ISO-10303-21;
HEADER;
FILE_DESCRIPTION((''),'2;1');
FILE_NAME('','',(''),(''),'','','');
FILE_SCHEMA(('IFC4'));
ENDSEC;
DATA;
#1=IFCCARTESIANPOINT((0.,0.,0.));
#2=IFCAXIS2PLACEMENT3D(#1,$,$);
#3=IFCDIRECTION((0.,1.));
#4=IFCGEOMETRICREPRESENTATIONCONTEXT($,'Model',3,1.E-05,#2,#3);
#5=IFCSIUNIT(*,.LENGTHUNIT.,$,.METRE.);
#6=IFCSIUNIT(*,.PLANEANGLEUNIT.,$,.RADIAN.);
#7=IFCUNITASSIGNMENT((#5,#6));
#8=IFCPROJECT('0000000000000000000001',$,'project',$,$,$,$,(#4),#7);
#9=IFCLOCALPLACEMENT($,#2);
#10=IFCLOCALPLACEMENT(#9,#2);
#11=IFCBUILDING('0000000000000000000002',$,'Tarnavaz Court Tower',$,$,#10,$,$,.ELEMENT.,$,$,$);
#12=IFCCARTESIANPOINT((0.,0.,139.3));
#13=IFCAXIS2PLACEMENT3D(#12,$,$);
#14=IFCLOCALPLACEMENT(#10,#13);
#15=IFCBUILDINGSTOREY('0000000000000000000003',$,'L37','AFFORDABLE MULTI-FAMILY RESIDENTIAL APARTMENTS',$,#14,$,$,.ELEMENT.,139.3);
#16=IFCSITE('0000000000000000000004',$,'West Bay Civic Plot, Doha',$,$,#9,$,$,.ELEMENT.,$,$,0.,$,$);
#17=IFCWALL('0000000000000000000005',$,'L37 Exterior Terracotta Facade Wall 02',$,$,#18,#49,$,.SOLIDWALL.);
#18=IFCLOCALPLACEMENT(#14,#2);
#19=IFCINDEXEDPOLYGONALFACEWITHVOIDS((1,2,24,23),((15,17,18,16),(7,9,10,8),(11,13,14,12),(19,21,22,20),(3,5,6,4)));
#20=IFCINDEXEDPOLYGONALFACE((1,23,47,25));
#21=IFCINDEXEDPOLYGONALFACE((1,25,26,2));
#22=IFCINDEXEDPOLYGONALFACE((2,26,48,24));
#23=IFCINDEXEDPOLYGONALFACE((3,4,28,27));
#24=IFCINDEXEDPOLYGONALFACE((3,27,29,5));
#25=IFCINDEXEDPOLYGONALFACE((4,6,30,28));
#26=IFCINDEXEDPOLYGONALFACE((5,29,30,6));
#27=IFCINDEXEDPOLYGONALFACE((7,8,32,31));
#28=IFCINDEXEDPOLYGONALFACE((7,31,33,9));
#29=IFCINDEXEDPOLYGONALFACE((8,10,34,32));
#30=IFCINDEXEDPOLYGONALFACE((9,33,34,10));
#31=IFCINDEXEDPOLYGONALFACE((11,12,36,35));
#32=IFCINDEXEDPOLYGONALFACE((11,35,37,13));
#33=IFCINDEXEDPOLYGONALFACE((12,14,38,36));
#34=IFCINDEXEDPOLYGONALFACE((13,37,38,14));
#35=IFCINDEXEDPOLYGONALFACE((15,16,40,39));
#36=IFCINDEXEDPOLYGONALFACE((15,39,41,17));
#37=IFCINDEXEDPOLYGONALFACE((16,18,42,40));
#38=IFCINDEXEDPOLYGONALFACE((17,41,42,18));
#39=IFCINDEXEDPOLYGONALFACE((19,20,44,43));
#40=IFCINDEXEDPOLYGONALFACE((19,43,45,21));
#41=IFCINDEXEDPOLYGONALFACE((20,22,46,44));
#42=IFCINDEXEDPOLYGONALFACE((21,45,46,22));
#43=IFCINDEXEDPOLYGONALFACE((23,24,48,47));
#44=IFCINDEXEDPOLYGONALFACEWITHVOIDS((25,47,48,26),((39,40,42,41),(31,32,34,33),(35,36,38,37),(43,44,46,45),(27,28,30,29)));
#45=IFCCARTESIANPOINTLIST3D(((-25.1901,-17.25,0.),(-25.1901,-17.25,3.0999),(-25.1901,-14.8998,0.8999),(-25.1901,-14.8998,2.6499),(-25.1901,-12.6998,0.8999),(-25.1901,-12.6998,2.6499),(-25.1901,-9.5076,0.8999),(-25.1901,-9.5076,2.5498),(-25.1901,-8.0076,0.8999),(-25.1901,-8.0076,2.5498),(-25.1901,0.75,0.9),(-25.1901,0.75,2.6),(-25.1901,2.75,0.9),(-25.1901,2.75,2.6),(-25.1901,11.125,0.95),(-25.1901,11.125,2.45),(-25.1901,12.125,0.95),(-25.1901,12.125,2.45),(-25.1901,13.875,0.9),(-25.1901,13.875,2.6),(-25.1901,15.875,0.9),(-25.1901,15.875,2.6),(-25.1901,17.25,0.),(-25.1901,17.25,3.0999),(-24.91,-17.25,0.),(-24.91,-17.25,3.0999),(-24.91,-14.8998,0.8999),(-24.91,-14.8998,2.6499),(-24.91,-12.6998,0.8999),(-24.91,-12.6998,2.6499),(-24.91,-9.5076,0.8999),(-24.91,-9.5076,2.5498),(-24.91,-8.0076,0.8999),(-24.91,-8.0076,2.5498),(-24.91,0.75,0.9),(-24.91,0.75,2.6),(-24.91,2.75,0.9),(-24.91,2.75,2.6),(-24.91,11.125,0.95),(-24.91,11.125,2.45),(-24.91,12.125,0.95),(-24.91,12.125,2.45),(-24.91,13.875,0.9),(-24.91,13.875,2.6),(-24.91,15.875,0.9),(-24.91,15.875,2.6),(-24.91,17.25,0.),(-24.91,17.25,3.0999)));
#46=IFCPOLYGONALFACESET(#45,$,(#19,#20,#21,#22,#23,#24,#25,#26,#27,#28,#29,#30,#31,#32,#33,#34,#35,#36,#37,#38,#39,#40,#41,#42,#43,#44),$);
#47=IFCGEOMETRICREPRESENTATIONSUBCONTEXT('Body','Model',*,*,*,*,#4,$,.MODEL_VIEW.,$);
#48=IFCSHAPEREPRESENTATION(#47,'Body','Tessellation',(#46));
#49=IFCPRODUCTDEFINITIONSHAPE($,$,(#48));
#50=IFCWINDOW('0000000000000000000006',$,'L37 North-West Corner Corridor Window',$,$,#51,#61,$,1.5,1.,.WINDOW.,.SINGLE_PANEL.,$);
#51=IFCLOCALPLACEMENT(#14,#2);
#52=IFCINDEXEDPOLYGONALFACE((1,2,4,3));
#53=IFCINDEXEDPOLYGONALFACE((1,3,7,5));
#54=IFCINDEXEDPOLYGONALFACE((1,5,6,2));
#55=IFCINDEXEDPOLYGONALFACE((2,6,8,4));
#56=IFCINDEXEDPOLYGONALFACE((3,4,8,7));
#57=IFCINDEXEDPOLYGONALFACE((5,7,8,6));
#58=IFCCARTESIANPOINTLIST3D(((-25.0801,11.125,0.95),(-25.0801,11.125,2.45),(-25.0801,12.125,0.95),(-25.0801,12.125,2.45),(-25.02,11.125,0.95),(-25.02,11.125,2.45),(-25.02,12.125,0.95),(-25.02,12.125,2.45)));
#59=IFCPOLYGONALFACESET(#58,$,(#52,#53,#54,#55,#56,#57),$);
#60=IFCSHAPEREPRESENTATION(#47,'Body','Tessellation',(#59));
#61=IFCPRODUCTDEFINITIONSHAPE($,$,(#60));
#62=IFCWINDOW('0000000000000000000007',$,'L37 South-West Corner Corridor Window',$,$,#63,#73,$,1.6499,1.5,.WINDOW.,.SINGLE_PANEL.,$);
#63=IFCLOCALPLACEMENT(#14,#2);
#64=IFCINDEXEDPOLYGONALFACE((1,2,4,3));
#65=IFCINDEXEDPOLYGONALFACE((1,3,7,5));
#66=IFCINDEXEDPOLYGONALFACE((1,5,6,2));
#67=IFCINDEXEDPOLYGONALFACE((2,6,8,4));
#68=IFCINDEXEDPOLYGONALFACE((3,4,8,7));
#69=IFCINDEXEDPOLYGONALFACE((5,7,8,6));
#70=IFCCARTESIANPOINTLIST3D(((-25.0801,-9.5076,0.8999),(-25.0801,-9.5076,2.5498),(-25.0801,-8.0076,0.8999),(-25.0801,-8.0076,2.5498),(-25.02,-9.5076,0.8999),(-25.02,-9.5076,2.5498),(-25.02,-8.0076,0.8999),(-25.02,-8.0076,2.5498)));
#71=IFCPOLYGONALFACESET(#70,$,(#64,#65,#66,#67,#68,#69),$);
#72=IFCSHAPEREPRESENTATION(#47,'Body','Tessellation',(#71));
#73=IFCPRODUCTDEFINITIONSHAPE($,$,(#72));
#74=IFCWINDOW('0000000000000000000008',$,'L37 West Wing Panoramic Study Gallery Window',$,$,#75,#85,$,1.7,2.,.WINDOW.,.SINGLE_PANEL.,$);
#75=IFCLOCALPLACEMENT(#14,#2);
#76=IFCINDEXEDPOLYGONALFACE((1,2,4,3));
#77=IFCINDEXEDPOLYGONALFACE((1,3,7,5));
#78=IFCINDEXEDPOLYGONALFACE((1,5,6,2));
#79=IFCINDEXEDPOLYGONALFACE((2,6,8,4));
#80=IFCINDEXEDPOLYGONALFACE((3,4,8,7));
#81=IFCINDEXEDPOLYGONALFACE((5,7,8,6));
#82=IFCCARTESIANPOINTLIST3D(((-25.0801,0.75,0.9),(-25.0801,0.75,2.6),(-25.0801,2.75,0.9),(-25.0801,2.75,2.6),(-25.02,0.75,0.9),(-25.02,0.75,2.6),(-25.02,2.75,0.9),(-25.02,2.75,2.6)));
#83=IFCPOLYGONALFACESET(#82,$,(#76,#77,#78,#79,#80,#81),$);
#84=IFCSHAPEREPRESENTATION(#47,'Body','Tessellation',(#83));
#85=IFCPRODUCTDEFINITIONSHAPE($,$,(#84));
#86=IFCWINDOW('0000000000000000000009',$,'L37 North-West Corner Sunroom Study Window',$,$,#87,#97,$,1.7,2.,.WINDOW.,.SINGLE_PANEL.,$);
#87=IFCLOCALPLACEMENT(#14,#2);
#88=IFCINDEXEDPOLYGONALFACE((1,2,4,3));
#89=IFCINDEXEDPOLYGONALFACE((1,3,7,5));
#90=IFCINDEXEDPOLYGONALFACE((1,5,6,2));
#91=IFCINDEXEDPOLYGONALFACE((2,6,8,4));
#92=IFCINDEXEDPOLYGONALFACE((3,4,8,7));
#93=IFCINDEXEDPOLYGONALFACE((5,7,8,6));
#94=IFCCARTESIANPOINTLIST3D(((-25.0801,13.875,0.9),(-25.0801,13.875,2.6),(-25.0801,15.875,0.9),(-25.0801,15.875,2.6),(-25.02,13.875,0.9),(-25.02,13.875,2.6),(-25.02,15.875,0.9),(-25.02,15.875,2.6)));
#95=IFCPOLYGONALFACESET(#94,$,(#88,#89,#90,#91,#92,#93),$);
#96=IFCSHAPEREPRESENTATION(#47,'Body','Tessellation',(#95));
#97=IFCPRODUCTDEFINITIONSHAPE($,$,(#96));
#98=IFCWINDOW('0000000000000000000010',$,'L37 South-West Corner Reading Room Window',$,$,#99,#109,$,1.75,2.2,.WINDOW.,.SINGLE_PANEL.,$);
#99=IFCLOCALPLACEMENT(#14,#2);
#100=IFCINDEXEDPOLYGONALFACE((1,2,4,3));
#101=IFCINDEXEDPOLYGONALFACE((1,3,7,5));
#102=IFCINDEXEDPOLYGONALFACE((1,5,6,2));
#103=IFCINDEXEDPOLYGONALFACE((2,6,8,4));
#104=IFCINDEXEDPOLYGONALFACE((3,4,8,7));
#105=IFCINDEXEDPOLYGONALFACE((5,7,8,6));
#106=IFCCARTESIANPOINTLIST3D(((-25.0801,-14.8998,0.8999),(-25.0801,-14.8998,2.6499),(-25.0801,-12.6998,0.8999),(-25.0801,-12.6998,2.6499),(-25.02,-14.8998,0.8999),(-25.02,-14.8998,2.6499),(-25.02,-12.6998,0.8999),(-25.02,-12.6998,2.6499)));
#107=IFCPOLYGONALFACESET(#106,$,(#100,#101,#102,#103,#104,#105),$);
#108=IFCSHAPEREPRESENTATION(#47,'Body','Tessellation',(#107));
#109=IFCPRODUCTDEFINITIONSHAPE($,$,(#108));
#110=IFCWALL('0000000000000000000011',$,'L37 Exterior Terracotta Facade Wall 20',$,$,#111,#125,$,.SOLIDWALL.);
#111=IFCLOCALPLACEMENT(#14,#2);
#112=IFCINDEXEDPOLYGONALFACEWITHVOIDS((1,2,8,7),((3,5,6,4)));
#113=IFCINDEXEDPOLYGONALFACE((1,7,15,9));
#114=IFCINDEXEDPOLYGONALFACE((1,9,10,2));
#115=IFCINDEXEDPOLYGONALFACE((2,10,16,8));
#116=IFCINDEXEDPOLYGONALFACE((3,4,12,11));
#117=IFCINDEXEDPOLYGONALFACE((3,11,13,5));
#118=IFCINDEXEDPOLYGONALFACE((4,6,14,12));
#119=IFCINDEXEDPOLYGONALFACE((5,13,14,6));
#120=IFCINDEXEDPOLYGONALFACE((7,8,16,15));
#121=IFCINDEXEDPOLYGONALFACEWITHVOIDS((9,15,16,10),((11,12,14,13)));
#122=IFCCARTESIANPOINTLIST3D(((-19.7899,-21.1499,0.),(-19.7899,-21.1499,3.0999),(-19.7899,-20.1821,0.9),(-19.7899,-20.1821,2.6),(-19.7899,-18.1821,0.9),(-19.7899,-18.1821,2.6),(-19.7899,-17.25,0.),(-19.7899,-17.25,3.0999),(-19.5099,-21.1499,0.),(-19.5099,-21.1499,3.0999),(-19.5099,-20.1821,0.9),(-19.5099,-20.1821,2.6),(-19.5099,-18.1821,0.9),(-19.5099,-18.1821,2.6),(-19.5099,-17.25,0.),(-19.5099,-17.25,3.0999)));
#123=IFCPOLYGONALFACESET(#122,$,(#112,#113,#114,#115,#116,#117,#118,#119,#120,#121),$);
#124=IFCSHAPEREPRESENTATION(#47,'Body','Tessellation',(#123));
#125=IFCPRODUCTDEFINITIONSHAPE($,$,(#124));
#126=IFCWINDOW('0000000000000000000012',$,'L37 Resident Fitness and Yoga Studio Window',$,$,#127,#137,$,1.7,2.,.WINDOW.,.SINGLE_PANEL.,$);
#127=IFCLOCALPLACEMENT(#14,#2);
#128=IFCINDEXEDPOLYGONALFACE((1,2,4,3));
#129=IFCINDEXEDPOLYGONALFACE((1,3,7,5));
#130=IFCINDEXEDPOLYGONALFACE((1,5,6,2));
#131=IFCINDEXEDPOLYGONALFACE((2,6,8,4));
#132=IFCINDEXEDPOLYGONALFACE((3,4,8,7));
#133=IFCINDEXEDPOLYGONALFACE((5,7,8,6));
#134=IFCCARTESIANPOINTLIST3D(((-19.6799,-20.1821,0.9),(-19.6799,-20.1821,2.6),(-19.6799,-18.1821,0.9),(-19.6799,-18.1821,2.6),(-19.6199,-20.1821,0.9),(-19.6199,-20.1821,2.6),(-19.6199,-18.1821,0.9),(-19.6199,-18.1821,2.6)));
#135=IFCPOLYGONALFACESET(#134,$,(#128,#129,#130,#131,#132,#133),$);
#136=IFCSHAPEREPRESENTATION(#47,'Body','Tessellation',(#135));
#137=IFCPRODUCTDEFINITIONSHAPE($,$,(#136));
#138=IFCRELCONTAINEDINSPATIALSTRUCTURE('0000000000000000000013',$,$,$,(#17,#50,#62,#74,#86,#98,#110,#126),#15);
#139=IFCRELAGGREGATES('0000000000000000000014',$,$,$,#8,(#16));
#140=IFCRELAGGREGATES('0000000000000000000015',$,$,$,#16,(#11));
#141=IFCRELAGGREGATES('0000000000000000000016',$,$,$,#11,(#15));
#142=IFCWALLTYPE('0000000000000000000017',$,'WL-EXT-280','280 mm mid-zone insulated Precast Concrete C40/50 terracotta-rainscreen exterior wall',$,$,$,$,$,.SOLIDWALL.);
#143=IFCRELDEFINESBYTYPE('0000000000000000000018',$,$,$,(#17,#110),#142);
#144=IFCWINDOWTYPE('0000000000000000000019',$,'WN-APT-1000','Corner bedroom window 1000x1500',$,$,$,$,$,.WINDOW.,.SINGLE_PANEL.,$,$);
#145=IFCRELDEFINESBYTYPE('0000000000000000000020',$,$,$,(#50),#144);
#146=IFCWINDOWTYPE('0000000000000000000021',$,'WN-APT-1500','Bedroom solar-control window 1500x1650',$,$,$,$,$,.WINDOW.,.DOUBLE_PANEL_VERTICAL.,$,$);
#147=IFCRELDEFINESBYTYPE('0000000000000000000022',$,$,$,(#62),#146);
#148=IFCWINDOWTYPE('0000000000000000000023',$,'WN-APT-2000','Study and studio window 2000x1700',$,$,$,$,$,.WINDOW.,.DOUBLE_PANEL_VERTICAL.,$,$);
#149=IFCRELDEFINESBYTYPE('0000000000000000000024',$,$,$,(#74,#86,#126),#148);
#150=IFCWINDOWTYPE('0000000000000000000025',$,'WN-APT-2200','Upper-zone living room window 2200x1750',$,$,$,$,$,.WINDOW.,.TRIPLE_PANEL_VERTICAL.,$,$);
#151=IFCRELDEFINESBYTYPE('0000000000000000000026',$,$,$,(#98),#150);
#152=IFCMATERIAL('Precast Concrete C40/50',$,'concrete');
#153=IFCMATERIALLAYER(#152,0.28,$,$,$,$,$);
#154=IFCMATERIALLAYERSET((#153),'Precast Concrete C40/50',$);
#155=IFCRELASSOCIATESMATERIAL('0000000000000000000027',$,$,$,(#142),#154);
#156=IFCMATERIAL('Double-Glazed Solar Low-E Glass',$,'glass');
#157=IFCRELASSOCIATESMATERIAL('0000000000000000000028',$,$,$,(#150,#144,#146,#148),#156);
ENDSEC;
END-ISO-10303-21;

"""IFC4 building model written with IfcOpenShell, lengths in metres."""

from ifc_helpers import new_model, si_unit, direction, frame, frame_2d, origin, place, context, subcontext, project, spatial, rectangle, extrude, material, layer, layer_set, type_object, element, fill, save


model = new_model("IFC4")

# Units and contexts
model_context = context("Model", 3, precision=1e-05, world=origin(), true_north=direction((0.0, 1.0)))
body_context = subcontext(model_context, "Body", "Model", "MODEL_VIEW")
ifc_project = project(units=[si_unit("LENGTHUNIT", "METRE"), si_unit("PLANEANGLEUNIT", "RADIAN")], contexts=[model_context])

# Site, building, storey
site_placement = place(None, origin())
site = spatial("IfcSite", under=ifc_project, at=site_placement, Name="West Bay Civic Plot, Doha", CompositionType="ELEMENT", RefElevation=0.0)
building_placement = place(site_placement, origin())
building = spatial("IfcBuilding", under=site, at=building_placement, Name="Tarnavaz Court Tower", CompositionType="ELEMENT")
storey_placement = place(building_placement, frame((0.0, 0.0, 139.3)))
storey = spatial("IfcBuildingStorey", under=building, at=storey_placement, Name="L37", Description="AFFORDABLE MULTI-FAMILY RESIDENTIAL APARTMENTS", CompositionType="ELEMENT", Elevation=139.3)

# Shared definitions
ifc_material_1 = material(Name="Precast Concrete C40/50", Category="concrete")
ifc_layer_1 = layer(ifc_material_1, 0.28)
ifc_layer_set_1 = layer_set([ifc_layer_1], Name="Precast Concrete C40/50")
wall_type_1 = type_object("IfcWallType", Name="WL-EXT-280", Description="280 mm mid-zone insulated Precast Concrete C40/50 terracotta-rainscreen exterior wall", PredefinedType="SOLIDWALL", material=ifc_layer_set_1)
ifc_material_2 = material(Name="Double-Glazed Solar Low-E Glass", Category="glass")
window_type_1 = type_object("IfcWindowType", Name="WN-APT-2200", Description="Upper-zone living room window 2200x1750", PartitioningType="TRIPLE_PANEL_VERTICAL", PredefinedType="WINDOW", material=ifc_material_2)

# Wall, openings, windows
wall_1_placement = place(storey_placement, frame((-25.05, -17.25, 0.0), z_axis=(0.0, 0.0, 1.0), x_axis=(0.0, 1.0, 0.0)))
wall_1 = element("IfcWall", 1, at=wall_1_placement, inside=storey, type_object=wall_type_1, Name="L37 Exterior Terracotta Facade Wall 02", PredefinedType="SOLIDWALL", context=body_context, shape_type="SweptSolid", body=[
    extrude(rectangle(XDim=34.5, YDim=0.28, at=frame_2d((17.25, 0.0))), origin(), (0.0, 0.0, 1.0), 3.0999),
])
opening_1_placement = place(wall_1_placement, frame((2.3501, 0.0, 0.8999)))
opening_1 = element("IfcOpeningElement", 2, at=opening_1_placement, cuts=wall_1, PredefinedType="OPENING", context=body_context, shape_type="SweptSolid", body=[
    extrude(rectangle(XDim=2.2, YDim=1.75, at=frame_2d((1.1001, 0.875))), frame((0.0, 0.1499, 0.0), z_axis=(0.0, -1.0, 0.0), x_axis=(1.0, 0.0, 0.0)), (0.0, 0.0, 1.0), 0.3),
])
opening_2_placement = place(wall_1_placement, frame((7.7424, 0.0, 0.8999)))
opening_2 = element("IfcOpeningElement", 3, at=opening_2_placement, cuts=wall_1, PredefinedType="OPENING", context=body_context, shape_type="SweptSolid", body=[
    extrude(rectangle(XDim=1.5, YDim=1.6499, at=frame_2d((0.75, 0.825))), frame((0.0, 0.1499, 0.0), z_axis=(0.0, -1.0, 0.0), x_axis=(1.0, 0.0, 0.0)), (0.0, 0.0, 1.0), 0.3),
])
opening_3_placement = place(wall_1_placement, frame((18.0, 0.0, 0.8999)))
opening_3 = element("IfcOpeningElement", 4, at=opening_3_placement, cuts=wall_1, PredefinedType="OPENING", context=body_context, shape_type="SweptSolid", body=[
    extrude(rectangle(XDim=2.0, YDim=1.7, at=frame_2d((1.0, 0.8501))), frame((0.0, 0.1499, 0.0), z_axis=(0.0, -1.0, 0.0), x_axis=(1.0, 0.0, 0.0)), (0.0, 0.0, 1.0), 0.3),
])
opening_4_placement = place(wall_1_placement, frame((28.375, 0.0, 0.95)))
opening_4 = element("IfcOpeningElement", 5, at=opening_4_placement, cuts=wall_1, PredefinedType="OPENING", context=body_context, shape_type="SweptSolid", body=[
    extrude(rectangle(XDim=1.0, YDim=1.5, at=frame_2d((0.5, 0.75))), frame((0.0, 0.1499, 0.0), z_axis=(0.0, -1.0, 0.0), x_axis=(1.0, 0.0, 0.0)), (0.0, 0.0, 1.0), 0.3),
])
opening_5_placement = place(wall_1_placement, frame((31.125, 0.0, 0.8999)))
opening_5 = element("IfcOpeningElement", 6, at=opening_5_placement, cuts=wall_1, PredefinedType="OPENING", context=body_context, shape_type="SweptSolid", body=[
    extrude(rectangle(XDim=2.0, YDim=1.7, at=frame_2d((1.0, 0.8501))), frame((0.0, 0.1499, 0.0), z_axis=(0.0, -1.0, 0.0), x_axis=(1.0, 0.0, 0.0)), (0.0, 0.0, 1.0), 0.3),
])
window_type_2 = type_object("IfcWindowType", Name="WN-APT-1000", Description="Corner bedroom window 1000x1500", PartitioningType="SINGLE_PANEL", PredefinedType="WINDOW", material=ifc_material_2)
window_1_placement = place(opening_4_placement, origin())
window_1 = element("IfcWindow", 7, at=window_1_placement, inside=storey, type_object=window_type_2, Name="L37 North-West Corner Corridor Window", OverallHeight=1.5, OverallWidth=1.0, PartitioningType="SINGLE_PANEL", PredefinedType="WINDOW", context=body_context, shape_type="SweptSolid", body=[
    extrude(rectangle(XDim=1.0, YDim=1.5, at=frame_2d((0.5, 0.75))), frame((0.0, 0.03, 0.0), z_axis=(0.0, -1.0, 0.0), x_axis=(1.0, 0.0, 0.0)), (0.0, 0.0, 1.0), 0.0601),
])
fill(opening_4, window_1)
window_type_3 = type_object("IfcWindowType", Name="WN-APT-1500", Description="Bedroom solar-control window 1500x1650", PartitioningType="DOUBLE_PANEL_VERTICAL", PredefinedType="WINDOW", material=ifc_material_2)
window_2_placement = place(opening_2_placement, origin())
window_2 = element("IfcWindow", 8, at=window_2_placement, inside=storey, type_object=window_type_3, Name="L37 South-West Corner Corridor Window", OverallHeight=1.6499, OverallWidth=1.5, PartitioningType="SINGLE_PANEL", PredefinedType="WINDOW", context=body_context, shape_type="SweptSolid", body=[
    extrude(rectangle(XDim=1.5, YDim=1.6499, at=frame_2d((0.75, 0.825))), frame((0.0, 0.03, 0.0), z_axis=(0.0, -1.0, 0.0), x_axis=(1.0, 0.0, 0.0)), (0.0, 0.0, 1.0), 0.0601),
])
fill(opening_2, window_2)
window_type_4 = type_object("IfcWindowType", Name="WN-APT-2000", Description="Study and studio window 2000x1700", PartitioningType="DOUBLE_PANEL_VERTICAL", PredefinedType="WINDOW", material=ifc_material_2)
window_3_placement = place(opening_3_placement, origin())
window_3 = element("IfcWindow", 9, at=window_3_placement, inside=storey, type_object=window_type_4, Name="L37 West Wing Panoramic Study Gallery Window", OverallHeight=1.7, OverallWidth=2.0, PartitioningType="SINGLE_PANEL", PredefinedType="WINDOW", context=body_context, shape_type="SweptSolid", body=[
    extrude(rectangle(XDim=2.0, YDim=1.7, at=frame_2d((1.0, 0.8501))), frame((0.0, 0.03, 0.0), z_axis=(0.0, -1.0, 0.0), x_axis=(1.0, 0.0, 0.0)), (0.0, 0.0, 1.0), 0.0601),
])
fill(opening_3, window_3)
window_4_placement = place(opening_5_placement, origin())
window_4 = element("IfcWindow", 10, at=window_4_placement, inside=storey, type_object=window_type_4, Name="L37 North-West Corner Sunroom Study Window", OverallHeight=1.7, OverallWidth=2.0, PartitioningType="SINGLE_PANEL", PredefinedType="WINDOW", context=body_context, shape_type="SweptSolid", body=[
    extrude(rectangle(XDim=2.0, YDim=1.7, at=frame_2d((1.0, 0.8501))), frame((0.0, 0.03, 0.0), z_axis=(0.0, -1.0, 0.0), x_axis=(1.0, 0.0, 0.0)), (0.0, 0.0, 1.0), 0.0601),
])
fill(opening_5, window_4)
window_5_placement = place(opening_1_placement, origin())
window_5 = element("IfcWindow", 11, at=window_5_placement, inside=storey, type_object=window_type_1, Name="L37 South-West Corner Reading Room Window", OverallHeight=1.75, OverallWidth=2.2, PartitioningType="SINGLE_PANEL", PredefinedType="WINDOW", context=body_context, shape_type="SweptSolid", body=[
    extrude(rectangle(XDim=2.2, YDim=1.75, at=frame_2d((1.1001, 0.875))), frame((0.0, 0.03, 0.0), z_axis=(0.0, -1.0, 0.0), x_axis=(1.0, 0.0, 0.0)), (0.0, 0.0, 1.0), 0.0601),
])
fill(opening_1, window_5)

# Wall, opening, window
wall_2_placement = place(storey_placement, frame((-19.6499, -21.1499, 0.0), z_axis=(0.0, 0.0, 1.0), x_axis=(0.0, 1.0, 0.0)))
wall_2 = element("IfcWall", 12, at=wall_2_placement, inside=storey, type_object=wall_type_1, Name="L37 Exterior Terracotta Facade Wall 20", PredefinedType="SOLIDWALL", context=body_context, shape_type="SweptSolid", body=[
    extrude(rectangle(XDim=3.8999, YDim=0.28, at=frame_2d((1.95, 0.0))), origin(), (0.0, 0.0, 1.0), 3.0999),
])
opening_6_placement = place(wall_2_placement, frame((0.9678, 0.0, 0.8999)))
opening_6 = element("IfcOpeningElement", 13, at=opening_6_placement, cuts=wall_2, PredefinedType="OPENING", context=body_context, shape_type="SweptSolid", body=[
    extrude(rectangle(XDim=2.0, YDim=1.7, at=frame_2d((1.0, 0.8501))), frame((0.0, 0.1499, 0.0), z_axis=(0.0, -1.0, 0.0), x_axis=(1.0, 0.0, 0.0)), (0.0, 0.0, 1.0), 0.3),
])
window_6_placement = place(opening_6_placement, origin())
window_6 = element("IfcWindow", 14, at=window_6_placement, inside=storey, type_object=window_type_4, Name="L37 Resident Fitness and Yoga Studio Window", OverallHeight=1.7, OverallWidth=2.0, PartitioningType="SINGLE_PANEL", PredefinedType="WINDOW", context=body_context, shape_type="SweptSolid", body=[
    extrude(rectangle(XDim=2.0, YDim=1.7, at=frame_2d((1.0, 0.8501))), frame((0.0, 0.03, 0.0), z_axis=(0.0, -1.0, 0.0), x_axis=(1.0, 0.0, 0.0)), (0.0, 0.0, 1.0), 0.0601),
])
fill(opening_6, window_6)

save(model, "model.ifc")
